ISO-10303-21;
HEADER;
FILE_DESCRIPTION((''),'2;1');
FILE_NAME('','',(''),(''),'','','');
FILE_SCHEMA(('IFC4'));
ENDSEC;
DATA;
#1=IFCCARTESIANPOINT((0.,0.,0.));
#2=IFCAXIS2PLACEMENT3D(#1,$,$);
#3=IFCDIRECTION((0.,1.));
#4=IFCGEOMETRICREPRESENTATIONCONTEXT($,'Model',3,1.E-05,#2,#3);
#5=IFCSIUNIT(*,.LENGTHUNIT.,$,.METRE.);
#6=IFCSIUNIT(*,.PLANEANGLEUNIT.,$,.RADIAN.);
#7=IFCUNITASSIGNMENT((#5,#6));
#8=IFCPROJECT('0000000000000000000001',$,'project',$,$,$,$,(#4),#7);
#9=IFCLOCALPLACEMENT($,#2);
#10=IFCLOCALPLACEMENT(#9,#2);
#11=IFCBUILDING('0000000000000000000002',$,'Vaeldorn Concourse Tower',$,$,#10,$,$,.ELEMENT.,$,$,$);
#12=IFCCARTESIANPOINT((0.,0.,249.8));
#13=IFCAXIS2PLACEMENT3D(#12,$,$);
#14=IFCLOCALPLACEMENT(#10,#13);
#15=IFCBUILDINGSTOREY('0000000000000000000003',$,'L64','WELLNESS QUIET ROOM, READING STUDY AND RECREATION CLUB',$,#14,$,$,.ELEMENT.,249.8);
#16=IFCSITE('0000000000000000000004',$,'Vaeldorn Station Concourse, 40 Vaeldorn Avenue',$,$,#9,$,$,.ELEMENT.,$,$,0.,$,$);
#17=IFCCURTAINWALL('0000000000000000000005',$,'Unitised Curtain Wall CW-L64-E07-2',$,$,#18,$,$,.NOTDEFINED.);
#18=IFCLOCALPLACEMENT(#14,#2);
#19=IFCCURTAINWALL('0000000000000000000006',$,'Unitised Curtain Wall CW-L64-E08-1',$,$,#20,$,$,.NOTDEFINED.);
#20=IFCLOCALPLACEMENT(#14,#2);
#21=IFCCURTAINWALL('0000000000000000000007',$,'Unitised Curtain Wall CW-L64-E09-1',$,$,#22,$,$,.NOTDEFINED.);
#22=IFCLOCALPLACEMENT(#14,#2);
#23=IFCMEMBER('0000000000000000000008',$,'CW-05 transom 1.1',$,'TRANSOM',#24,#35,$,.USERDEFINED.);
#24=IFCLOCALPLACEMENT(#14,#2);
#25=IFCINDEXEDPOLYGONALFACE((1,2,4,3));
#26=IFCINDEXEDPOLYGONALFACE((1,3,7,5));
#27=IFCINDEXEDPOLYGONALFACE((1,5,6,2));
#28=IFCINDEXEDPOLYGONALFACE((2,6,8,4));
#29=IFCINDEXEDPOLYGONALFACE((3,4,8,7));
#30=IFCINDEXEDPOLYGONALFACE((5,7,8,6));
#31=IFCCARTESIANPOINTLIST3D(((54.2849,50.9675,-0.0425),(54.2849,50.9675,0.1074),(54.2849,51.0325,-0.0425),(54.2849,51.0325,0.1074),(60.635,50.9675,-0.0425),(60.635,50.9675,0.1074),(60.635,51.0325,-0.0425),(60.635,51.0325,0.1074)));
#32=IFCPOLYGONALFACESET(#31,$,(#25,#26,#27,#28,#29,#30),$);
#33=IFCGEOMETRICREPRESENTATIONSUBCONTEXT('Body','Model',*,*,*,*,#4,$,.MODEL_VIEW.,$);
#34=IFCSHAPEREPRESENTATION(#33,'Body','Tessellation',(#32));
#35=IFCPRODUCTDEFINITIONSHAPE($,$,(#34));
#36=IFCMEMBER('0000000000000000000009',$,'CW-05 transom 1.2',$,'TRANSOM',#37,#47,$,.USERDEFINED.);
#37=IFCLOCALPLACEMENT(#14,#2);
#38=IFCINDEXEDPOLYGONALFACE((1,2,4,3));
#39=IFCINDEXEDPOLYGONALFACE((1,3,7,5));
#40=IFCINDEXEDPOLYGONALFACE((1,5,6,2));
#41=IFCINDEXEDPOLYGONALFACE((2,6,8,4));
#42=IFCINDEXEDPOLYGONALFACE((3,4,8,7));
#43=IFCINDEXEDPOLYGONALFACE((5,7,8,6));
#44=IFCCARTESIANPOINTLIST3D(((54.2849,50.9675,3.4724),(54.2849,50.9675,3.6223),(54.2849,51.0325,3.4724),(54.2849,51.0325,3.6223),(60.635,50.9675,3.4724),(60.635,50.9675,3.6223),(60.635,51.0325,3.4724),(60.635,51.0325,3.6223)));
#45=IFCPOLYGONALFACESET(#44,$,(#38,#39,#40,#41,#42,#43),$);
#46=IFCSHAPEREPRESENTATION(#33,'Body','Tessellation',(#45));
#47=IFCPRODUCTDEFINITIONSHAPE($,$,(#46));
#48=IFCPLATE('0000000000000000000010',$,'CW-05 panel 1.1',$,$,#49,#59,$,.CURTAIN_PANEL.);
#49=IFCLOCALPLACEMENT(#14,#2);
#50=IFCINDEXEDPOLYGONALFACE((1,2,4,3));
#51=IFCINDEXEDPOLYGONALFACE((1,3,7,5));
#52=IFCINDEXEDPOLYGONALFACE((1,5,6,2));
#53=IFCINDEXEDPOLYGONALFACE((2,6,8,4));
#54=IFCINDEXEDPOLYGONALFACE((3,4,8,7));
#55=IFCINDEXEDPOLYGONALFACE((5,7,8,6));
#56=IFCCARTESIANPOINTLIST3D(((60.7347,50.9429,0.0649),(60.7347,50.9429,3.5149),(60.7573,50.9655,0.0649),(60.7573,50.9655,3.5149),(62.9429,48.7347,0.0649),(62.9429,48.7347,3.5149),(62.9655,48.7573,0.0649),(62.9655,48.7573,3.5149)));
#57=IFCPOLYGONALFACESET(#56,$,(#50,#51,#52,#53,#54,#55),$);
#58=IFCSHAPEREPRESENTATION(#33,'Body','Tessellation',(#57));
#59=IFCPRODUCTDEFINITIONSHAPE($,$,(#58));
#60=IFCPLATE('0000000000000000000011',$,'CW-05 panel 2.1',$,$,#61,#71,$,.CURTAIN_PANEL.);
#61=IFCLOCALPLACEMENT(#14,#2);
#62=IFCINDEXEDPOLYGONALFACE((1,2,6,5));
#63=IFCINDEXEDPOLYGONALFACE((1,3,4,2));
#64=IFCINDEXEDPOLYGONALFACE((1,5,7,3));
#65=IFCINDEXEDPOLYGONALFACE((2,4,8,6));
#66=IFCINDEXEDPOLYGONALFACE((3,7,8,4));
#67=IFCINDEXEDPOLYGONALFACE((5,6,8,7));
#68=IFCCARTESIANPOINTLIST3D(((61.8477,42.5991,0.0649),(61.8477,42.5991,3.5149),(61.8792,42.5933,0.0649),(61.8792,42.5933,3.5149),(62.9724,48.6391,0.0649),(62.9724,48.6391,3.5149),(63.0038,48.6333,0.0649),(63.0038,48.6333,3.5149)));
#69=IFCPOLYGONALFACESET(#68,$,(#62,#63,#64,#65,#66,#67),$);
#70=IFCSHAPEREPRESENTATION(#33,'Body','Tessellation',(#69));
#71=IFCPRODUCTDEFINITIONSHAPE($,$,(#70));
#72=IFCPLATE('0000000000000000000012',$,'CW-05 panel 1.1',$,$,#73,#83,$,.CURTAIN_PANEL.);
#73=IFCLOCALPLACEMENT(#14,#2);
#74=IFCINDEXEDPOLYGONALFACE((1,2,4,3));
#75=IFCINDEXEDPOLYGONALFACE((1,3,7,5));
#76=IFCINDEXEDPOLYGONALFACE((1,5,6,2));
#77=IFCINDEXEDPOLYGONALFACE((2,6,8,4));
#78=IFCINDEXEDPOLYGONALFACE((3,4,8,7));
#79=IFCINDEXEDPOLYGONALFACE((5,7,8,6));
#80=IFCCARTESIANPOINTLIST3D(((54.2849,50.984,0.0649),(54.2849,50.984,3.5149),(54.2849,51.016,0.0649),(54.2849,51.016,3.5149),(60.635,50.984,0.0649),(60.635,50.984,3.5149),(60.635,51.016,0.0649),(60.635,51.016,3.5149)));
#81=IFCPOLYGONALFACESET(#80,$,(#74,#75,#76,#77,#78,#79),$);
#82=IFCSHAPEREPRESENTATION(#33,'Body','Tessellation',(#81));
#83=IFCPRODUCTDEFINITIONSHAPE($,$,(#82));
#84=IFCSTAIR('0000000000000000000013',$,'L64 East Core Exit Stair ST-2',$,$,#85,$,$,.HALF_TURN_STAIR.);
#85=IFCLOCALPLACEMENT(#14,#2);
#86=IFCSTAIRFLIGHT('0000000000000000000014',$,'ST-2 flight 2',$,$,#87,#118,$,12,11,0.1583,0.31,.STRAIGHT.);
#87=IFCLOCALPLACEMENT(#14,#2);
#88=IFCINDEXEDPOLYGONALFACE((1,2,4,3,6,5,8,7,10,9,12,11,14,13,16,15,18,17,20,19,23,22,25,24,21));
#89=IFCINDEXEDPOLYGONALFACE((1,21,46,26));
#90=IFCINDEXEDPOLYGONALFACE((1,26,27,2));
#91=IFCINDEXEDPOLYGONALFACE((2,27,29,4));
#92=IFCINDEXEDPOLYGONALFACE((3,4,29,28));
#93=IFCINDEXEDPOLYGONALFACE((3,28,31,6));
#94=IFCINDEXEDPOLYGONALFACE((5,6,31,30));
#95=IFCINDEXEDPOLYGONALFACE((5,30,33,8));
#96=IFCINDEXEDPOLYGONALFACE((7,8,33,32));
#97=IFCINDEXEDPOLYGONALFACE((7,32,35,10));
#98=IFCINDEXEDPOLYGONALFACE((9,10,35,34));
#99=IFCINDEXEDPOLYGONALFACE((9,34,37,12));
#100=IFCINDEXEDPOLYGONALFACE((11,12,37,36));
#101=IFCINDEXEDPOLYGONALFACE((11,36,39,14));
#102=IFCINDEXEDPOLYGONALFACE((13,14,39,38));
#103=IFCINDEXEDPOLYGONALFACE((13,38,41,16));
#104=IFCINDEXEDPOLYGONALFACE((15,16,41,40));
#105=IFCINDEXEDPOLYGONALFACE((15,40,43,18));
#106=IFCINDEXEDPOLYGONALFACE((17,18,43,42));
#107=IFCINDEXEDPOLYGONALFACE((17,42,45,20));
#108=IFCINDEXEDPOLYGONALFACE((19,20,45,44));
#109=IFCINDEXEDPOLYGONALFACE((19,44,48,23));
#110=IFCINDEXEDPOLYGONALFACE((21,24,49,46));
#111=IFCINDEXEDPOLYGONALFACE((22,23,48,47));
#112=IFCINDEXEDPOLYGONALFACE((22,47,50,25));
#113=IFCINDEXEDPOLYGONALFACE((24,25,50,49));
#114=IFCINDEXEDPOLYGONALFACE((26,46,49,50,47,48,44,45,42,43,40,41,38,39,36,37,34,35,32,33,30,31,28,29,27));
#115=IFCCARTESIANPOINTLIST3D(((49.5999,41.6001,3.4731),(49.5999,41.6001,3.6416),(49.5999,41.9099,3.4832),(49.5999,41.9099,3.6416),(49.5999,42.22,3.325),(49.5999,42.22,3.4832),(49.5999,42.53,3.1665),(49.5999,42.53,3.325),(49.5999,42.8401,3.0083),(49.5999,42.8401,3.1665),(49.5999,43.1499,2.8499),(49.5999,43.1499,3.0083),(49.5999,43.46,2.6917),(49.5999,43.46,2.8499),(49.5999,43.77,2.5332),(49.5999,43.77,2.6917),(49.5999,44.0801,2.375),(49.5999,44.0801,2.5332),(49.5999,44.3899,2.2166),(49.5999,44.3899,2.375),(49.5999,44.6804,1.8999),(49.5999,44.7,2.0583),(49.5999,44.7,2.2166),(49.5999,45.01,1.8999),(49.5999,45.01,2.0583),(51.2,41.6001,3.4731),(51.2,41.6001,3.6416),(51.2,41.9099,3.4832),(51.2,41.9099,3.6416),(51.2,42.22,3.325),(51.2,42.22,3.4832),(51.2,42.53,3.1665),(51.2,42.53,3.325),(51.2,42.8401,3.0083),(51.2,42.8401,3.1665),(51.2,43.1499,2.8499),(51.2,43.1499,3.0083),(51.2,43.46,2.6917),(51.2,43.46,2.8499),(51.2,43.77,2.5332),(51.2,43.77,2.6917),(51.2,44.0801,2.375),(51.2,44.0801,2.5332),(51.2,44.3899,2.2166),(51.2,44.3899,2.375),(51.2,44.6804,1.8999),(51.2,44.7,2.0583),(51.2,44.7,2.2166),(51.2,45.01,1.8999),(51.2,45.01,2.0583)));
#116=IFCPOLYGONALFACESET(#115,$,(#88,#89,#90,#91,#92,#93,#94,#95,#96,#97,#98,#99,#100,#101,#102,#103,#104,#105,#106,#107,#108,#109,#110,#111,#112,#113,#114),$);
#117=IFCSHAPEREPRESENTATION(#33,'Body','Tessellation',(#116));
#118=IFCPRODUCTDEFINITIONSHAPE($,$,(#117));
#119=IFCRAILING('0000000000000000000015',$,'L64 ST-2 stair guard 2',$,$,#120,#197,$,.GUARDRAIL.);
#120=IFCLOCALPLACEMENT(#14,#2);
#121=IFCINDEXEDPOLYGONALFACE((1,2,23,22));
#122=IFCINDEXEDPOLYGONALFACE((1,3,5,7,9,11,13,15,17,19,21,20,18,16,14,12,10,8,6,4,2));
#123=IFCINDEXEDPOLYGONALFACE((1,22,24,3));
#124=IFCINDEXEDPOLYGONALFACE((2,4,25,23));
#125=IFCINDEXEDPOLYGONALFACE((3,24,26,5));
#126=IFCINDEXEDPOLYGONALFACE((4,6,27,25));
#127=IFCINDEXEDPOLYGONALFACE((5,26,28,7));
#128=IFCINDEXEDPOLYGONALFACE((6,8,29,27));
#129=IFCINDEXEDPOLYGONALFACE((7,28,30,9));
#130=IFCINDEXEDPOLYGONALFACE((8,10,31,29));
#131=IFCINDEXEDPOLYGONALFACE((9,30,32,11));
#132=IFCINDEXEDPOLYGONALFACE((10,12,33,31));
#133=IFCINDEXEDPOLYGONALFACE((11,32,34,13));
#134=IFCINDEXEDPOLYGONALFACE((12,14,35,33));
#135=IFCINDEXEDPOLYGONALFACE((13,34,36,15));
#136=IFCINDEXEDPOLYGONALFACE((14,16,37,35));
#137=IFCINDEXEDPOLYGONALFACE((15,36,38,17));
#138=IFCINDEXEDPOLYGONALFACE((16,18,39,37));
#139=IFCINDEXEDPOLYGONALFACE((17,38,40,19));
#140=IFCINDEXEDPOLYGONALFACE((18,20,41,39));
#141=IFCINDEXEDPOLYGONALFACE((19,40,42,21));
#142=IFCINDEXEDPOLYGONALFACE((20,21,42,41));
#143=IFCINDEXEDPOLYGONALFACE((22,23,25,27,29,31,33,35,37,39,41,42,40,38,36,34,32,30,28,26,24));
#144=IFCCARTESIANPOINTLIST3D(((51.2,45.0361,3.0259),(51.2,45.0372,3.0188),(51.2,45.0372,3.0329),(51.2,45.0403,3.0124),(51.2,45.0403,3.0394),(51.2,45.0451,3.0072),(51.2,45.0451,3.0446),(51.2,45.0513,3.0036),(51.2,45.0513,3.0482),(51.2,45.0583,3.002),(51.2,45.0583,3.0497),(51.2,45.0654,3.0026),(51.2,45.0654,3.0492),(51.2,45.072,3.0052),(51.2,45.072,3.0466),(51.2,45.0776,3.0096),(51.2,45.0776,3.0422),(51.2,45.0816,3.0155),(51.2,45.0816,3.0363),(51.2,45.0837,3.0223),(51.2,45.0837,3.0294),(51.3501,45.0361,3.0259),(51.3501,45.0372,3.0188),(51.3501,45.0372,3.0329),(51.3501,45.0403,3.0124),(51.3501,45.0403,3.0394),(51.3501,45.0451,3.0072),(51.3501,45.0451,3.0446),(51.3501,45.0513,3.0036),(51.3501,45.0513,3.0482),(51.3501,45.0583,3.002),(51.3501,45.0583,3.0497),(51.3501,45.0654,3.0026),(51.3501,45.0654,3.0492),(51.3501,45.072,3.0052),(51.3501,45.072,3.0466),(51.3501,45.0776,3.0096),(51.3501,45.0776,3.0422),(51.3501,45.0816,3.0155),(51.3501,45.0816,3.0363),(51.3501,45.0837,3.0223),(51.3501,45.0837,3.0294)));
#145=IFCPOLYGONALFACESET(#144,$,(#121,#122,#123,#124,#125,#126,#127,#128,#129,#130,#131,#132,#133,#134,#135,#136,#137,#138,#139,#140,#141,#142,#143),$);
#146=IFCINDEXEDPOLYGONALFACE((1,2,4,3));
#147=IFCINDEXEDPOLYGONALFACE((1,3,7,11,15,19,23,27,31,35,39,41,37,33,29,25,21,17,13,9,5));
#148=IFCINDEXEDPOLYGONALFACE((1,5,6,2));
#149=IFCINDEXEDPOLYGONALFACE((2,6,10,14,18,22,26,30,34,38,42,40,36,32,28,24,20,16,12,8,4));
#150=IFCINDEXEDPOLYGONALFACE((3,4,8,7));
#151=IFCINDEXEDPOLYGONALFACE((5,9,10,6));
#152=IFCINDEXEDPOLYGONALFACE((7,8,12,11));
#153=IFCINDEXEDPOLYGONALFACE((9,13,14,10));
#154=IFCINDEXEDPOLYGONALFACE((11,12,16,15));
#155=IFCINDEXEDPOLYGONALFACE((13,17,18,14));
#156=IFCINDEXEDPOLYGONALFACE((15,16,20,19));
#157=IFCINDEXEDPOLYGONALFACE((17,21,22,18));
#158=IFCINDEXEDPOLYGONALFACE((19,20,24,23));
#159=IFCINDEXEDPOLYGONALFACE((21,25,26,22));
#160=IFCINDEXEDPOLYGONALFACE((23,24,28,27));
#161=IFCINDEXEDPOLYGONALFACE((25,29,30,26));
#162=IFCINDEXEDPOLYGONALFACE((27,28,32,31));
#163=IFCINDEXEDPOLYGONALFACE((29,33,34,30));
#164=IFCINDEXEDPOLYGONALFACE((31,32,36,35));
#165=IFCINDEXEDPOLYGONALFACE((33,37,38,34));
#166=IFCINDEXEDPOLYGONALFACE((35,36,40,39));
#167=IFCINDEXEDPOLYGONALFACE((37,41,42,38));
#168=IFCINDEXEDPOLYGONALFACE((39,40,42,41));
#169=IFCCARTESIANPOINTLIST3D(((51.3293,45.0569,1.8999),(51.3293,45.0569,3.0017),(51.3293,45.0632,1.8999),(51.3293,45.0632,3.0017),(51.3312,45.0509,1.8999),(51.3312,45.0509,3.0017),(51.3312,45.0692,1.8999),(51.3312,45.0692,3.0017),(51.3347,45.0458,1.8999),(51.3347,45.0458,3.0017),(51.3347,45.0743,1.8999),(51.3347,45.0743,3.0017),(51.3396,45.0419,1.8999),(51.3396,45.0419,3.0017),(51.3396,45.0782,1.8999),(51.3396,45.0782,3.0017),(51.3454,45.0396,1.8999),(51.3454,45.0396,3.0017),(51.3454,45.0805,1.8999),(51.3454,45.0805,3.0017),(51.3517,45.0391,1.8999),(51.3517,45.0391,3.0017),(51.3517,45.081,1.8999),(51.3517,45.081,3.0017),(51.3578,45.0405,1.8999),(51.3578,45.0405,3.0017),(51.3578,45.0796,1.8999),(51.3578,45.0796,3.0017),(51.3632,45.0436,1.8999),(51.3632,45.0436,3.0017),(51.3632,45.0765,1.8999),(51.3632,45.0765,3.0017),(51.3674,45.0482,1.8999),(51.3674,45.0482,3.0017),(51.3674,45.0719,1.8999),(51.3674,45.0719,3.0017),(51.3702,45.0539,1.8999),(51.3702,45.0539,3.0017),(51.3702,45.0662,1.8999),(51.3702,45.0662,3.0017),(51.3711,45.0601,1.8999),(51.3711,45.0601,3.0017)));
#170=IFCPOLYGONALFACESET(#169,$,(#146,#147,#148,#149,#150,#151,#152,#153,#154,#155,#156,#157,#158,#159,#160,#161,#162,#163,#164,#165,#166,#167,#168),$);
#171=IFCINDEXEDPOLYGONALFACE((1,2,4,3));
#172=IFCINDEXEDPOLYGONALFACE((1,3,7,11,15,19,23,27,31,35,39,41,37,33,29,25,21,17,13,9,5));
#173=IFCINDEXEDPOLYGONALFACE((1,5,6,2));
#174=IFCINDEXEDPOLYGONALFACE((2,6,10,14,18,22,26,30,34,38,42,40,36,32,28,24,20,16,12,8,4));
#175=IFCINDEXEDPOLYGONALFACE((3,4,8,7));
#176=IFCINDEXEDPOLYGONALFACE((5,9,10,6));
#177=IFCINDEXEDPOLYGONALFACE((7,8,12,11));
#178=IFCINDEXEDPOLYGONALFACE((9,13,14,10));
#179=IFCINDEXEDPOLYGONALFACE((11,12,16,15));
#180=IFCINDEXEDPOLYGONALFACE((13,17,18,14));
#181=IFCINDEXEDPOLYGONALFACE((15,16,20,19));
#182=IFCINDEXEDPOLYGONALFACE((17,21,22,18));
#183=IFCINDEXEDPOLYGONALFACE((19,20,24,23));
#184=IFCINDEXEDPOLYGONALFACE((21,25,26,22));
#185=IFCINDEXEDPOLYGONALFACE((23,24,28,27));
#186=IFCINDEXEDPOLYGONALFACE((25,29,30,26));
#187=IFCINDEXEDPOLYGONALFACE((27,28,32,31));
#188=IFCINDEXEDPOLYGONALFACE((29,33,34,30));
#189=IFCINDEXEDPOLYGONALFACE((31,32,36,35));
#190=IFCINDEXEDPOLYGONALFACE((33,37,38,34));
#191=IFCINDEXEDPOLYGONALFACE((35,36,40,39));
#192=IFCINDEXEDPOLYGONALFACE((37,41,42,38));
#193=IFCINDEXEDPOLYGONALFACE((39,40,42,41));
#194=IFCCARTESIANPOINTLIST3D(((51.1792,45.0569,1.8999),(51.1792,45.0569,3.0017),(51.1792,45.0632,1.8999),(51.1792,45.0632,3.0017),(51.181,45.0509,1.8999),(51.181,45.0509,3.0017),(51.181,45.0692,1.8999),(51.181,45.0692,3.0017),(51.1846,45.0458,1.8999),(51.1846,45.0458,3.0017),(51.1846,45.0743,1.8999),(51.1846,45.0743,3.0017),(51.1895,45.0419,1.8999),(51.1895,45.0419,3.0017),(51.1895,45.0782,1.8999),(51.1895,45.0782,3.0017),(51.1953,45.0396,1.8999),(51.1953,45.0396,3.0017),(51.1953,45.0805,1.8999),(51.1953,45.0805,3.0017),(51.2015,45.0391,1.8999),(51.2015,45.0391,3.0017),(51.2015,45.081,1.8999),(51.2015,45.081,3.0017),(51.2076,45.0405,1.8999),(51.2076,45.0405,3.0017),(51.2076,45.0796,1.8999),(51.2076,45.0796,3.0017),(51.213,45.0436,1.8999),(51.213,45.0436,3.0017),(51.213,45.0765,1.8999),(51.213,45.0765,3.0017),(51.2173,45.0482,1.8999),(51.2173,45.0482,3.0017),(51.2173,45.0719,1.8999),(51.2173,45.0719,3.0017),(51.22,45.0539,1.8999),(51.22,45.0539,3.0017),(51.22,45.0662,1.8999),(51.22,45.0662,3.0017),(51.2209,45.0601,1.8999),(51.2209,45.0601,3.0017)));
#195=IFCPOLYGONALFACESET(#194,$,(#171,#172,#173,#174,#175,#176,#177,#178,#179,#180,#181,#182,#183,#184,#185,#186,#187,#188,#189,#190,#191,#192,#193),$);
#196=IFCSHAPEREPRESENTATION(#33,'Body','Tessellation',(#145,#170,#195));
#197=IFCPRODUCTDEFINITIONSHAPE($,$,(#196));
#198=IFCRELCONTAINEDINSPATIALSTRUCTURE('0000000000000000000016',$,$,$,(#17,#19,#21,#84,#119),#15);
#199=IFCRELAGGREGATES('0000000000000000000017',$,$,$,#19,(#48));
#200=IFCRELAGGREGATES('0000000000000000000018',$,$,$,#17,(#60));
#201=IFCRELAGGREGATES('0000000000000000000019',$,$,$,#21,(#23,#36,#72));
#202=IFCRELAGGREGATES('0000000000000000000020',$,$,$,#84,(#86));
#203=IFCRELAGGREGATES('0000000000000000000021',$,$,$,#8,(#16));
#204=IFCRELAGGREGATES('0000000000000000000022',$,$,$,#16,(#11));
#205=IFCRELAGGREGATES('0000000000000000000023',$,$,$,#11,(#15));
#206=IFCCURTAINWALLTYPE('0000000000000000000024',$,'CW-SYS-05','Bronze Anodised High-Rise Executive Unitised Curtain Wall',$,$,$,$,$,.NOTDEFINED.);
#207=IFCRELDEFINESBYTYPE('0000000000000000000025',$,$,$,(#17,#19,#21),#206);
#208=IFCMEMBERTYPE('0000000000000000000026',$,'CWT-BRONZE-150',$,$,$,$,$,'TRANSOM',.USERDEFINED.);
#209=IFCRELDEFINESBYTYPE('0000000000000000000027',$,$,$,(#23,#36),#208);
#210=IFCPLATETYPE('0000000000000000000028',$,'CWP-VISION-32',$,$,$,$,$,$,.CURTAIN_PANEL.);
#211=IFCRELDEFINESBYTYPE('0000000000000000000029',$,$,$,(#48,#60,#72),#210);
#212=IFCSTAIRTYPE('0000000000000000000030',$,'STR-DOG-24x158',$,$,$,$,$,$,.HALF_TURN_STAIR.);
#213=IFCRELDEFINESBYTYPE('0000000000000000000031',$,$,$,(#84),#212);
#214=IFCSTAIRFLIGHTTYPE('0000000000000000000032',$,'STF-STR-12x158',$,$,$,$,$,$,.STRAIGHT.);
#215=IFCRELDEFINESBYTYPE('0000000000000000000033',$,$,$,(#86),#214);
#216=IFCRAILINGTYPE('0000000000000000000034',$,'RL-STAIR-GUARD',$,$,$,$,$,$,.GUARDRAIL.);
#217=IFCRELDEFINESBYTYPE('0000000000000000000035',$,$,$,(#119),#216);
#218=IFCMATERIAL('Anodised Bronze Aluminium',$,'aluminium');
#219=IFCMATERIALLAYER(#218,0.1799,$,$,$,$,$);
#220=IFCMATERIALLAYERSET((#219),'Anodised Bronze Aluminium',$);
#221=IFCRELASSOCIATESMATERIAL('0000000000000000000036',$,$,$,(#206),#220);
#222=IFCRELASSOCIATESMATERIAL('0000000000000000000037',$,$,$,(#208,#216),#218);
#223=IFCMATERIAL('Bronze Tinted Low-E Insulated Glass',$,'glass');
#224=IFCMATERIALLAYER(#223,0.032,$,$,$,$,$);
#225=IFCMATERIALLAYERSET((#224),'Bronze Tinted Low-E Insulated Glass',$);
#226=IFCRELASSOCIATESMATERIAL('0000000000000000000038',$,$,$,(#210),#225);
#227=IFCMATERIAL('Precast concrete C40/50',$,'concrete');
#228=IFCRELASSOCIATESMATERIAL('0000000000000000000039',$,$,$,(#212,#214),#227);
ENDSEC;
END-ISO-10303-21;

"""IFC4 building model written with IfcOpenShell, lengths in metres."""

from ifc_helpers import new_model, si_unit, direction, frame, origin, origin_2d, place, context, subcontext, project, spatial, polyline, rectangle, circle, outline, extrude, source, transform, mapped, material, layer, layer_set, material_profile, profile_set, type_object, element, aggregate, save


model = new_model("IFC4")

# Units and contexts
model_context = context("Model", 3, precision=1e-05, world=origin(), true_north=direction((0.0, 1.0)))
body_context = subcontext(model_context, "Body", "Model", "MODEL_VIEW")
ifc_project = project(units=[si_unit("LENGTHUNIT", "METRE"), si_unit("PLANEANGLEUNIT", "RADIAN")], contexts=[model_context])

# Site, building, storey
site_placement = place(None, origin())
site = spatial("IfcSite", under=ifc_project, at=site_placement, Name="Vaeldorn Station Concourse, 40 Vaeldorn Avenue", CompositionType="ELEMENT", RefElevation=0.0)
building_placement = place(site_placement, origin())
building = spatial("IfcBuilding", under=site, at=building_placement, Name="Vaeldorn Concourse Tower", CompositionType="ELEMENT")
storey_placement = place(building_placement, frame((0.0, 0.0, 249.8)))
storey = spatial("IfcBuildingStorey", under=building, at=storey_placement, Name="L64", Description="WELLNESS QUIET ROOM, READING STUDY AND RECREATION CLUB", CompositionType="ELEMENT", Elevation=249.8)

# Curtain wall
ifc_material_1 = material(Name="Anodised Bronze Aluminium", Category="aluminium")
ifc_layer_1 = layer(ifc_material_1, 0.1799)
ifc_layer_set_1 = layer_set([ifc_layer_1], Name="Anodised Bronze Aluminium")
curtain_wall_type = type_object("IfcCurtainWallType", Name="CW-SYS-05", Description="Bronze Anodised High-Rise Executive Unitised Curtain Wall", PredefinedType="NOTDEFINED", material=ifc_layer_set_1)
curtain_wall_1_placement = place(storey_placement, origin())
curtain_wall_1 = element("IfcCurtainWall", 1, at=curtain_wall_1_placement, inside=storey, type_object=curtain_wall_type, Name="Unitised Curtain Wall CW-L64-E07-2", PredefinedType="NOTDEFINED")

# Curtain walls
curtain_wall_2_placement = place(storey_placement, origin())
curtain_wall_2 = element("IfcCurtainWall", 2, at=curtain_wall_2_placement, inside=storey, type_object=curtain_wall_type, Name="Unitised Curtain Wall CW-L64-E08-1", PredefinedType="NOTDEFINED")
curtain_wall_3_placement = place(storey_placement, origin())
curtain_wall_3 = element("IfcCurtainWall", 3, at=curtain_wall_3_placement, inside=storey, type_object=curtain_wall_type, Name="Unitised Curtain Wall CW-L64-E09-1", PredefinedType="NOTDEFINED")

# Members
ifc_material_profile_1 = material_profile(ifc_material_1, rectangle(XDim=0.0649, YDim=0.1499, at=origin_2d()), Name="CWT 65x150")
ifc_profile_set_1 = profile_set([ifc_material_profile_1], Name="Anodised Bronze Aluminium")
member_type_1 = type_object("IfcMemberType", Name="CWT-BRONZE-150", ElementType="TRANSOM", PredefinedType="USERDEFINED", material=ifc_profile_set_1)
shared_shape_1 = source(origin(), body_context, "Body", "SweptSolid", [
    extrude(rectangle(XDim=0.0649, YDim=0.1499, at=origin_2d()), origin(), (0.0, 0.0, 1.0), 6.3501),
])
member_1_placement = place(storey_placement, frame((60.635, 51.0, 0.0325), z_axis=(-1.0, 0.0, 0.0), x_axis=(0.0, -1.0, 0.0)))
member_1 = element("IfcMember", 4, at=member_1_placement, type_object=member_type_1, Name="CW-05 transom 1.1", ObjectType="TRANSOM", PredefinedType="USERDEFINED", context=body_context, shape_type="MappedRepresentation", body=[
    mapped(shared_shape_1, transform((0.0, 0.0, 0.0), scale=1.0)),
])
member_2_placement = place(storey_placement, frame((60.635, 51.0, 3.5474), z_axis=(-1.0, 0.0, 0.0), x_axis=(0.0, -1.0, 0.0)))
member_2 = element("IfcMember", 5, at=member_2_placement, type_object=member_type_1, Name="CW-05 transom 1.2", ObjectType="TRANSOM", PredefinedType="USERDEFINED", context=body_context, shape_type="MappedRepresentation", body=[
    mapped(shared_shape_1, transform((0.0, 0.0, 0.0), scale=1.0)),
])

# Plates
ifc_material_2 = material(Name="Bronze Tinted Low-E Insulated Glass", Category="glass")
ifc_layer_2 = layer(ifc_material_2, 0.032)
ifc_layer_set_2 = layer_set([ifc_layer_2], Name="Bronze Tinted Low-E Insulated Glass")
plate_type = type_object("IfcPlateType", Name="CWP-VISION-32", PredefinedType="CURTAIN_PANEL", material=ifc_layer_set_2)
shared_shape_2 = source(origin(), body_context, "Body", "SweptSolid", [
    extrude(rectangle(XDim=3.1228, YDim=0.032, at=origin_2d()), origin(), (0.0, 0.0, 1.0), 3.45),
])
plate_1_placement = place(storey_placement, frame((61.8501, 49.8501, 0.0649), z_axis=(0.0, 0.0, 1.0), x_axis=(-0.707107, 0.707107, 0.0)))
plate_1 = element("IfcPlate", 6, at=plate_1_placement, type_object=plate_type, Name="CW-05 panel 1.1", PredefinedType="CURTAIN_PANEL", context=body_context, shape_type="MappedRepresentation", body=[
    mapped(shared_shape_2, transform((0.0, 0.0, 0.0), scale=1.0)),
])
aggregate(curtain_wall_2, [plate_1])
shared_shape_3 = source(origin(), body_context, "Body", "SweptSolid", [
    extrude(rectangle(XDim=6.1438, YDim=0.032, at=origin_2d()), origin(), (0.0, 0.0, 1.0), 3.45),
])
plate_2_placement = place(storey_placement, frame((62.4258, 45.6162, 0.0649), z_axis=(0.0, 0.0, 1.0), x_axis=(0.183054, 0.983103, 0.0)))
plate_2 = element("IfcPlate", 7, at=plate_2_placement, type_object=plate_type, Name="CW-05 panel 2.1", PredefinedType="CURTAIN_PANEL", context=body_context, shape_type="MappedRepresentation", body=[
    mapped(shared_shape_3, transform((0.0, 0.0, 0.0), scale=1.0)),
])
aggregate(curtain_wall_1, [plate_2])
shared_shape_4 = source(origin(), body_context, "Body", "SweptSolid", [
    extrude(rectangle(XDim=6.3501, YDim=0.032, at=origin_2d()), origin(), (0.0, 0.0, 1.0), 3.45),
])
plate_3_placement = place(storey_placement, frame((57.46, 51.0, 0.0649), z_axis=(0.0, 0.0, 1.0), x_axis=(-1.0, 0.0, 0.0)))
plate_3 = element("IfcPlate", 8, at=plate_3_placement, type_object=plate_type, Name="CW-05 panel 1.1", PredefinedType="CURTAIN_PANEL", context=body_context, shape_type="MappedRepresentation", body=[
    mapped(shared_shape_4, transform((0.0, 0.0, 0.0), scale=1.0)),
])
aggregate(curtain_wall_3, [member_1, member_2, plate_3])

# Stair, stair flight
ifc_material_3 = material(Name="Precast concrete C40/50", Category="concrete")
stair_type = type_object("IfcStairType", Name="STR-DOG-24x158", PredefinedType="HALF_TURN_STAIR", material=ifc_material_3)
stair_placement = place(storey_placement, origin())
stair = element("IfcStair", 9, at=stair_placement, inside=storey, type_object=stair_type, Name="L64 East Core Exit Stair ST-2", PredefinedType="HALF_TURN_STAIR")
stair_flight_type = type_object("IfcStairFlightType", Name="STF-STR-12x158", PredefinedType="STRAIGHT", material=ifc_material_3)
stair_flight_placement = place(storey_placement, frame((50.3999, 45.01, 1.8999), z_axis=(0.0, 0.0, 1.0), x_axis=(0.0, -1.0, 0.0)))
stair_flight = element("IfcStairFlight", 10, at=stair_flight_placement, type_object=stair_flight_type, Name="ST-2 flight 2", NumberOfRisers=12, NumberOfTreads=11, PredefinedType="STRAIGHT", RiserHeight=0.1583, TreadLength=0.31, context=body_context, shape_type="SweptSolid", body=[
    extrude(outline(polyline([(0.0, 0.0), (0.0, 0.1584), (0.3101, 0.1584), (0.3101, 0.3167), (0.6201, 0.3167), (0.6201, 0.4751), (0.9299, 0.4751), (0.9299, 0.6333), (1.24, 0.6333), (1.24, 0.7917), (1.55, 0.7917), (1.55, 0.95), (1.8601, 0.95), (1.8601, 1.1084), (2.1699, 1.1084), (2.1699, 1.2666), (2.48, 1.2666), (2.48, 1.425), (2.79, 1.425), (2.79, 1.5833), (3.1001, 1.5833), (3.1001, 1.7417), (3.4099, 1.7417), (3.4099, 1.8999), (3.4099, 1.5732), (0.3296, 0.0), (0.0, 0.0)])), frame((0.0, 0.8, 0.0), z_axis=(0.0, -1.0, 0.0), x_axis=(1.0, 0.0, 0.0)), (0.0, 0.0, 1.0), 1.6001),
])
aggregate(stair, [stair_flight])

# Railing
railing_type_1 = type_object("IfcRailingType", Name="RL-STAIR-GUARD", PredefinedType="GUARDRAIL", material=ifc_material_1)
railing_1_placement = place(storey_placement, frame((51.3501, 45.0601, 1.8999)))
element("IfcRailing", 11, at=railing_1_placement, inside=storey, type_object=railing_type_1, Name="L64 ST-2 stair guard 2", PredefinedType="GUARDRAIL", context=body_context, shape_type="SweptSolid", body=[
    extrude(circle(Radius=0.0239, at=origin_2d()), frame((0.0, 0.0, 1.126), z_axis=(-1.0, 0.0, 0.0), x_axis=(0.0, -1.0, 0.0)), (0.0, 0.0, 1.0), 0.1501),
    extrude(circle(Radius=0.021, at=origin_2d()), origin(), (0.0, 0.0, 1.0), 1.1018),
    extrude(circle(Radius=0.021, at=origin_2d()), frame((-0.1501, 0.0, 0.0)), (0.0, 0.0, 1.0), 1.1018),
])

save(model, "model.ifc")
